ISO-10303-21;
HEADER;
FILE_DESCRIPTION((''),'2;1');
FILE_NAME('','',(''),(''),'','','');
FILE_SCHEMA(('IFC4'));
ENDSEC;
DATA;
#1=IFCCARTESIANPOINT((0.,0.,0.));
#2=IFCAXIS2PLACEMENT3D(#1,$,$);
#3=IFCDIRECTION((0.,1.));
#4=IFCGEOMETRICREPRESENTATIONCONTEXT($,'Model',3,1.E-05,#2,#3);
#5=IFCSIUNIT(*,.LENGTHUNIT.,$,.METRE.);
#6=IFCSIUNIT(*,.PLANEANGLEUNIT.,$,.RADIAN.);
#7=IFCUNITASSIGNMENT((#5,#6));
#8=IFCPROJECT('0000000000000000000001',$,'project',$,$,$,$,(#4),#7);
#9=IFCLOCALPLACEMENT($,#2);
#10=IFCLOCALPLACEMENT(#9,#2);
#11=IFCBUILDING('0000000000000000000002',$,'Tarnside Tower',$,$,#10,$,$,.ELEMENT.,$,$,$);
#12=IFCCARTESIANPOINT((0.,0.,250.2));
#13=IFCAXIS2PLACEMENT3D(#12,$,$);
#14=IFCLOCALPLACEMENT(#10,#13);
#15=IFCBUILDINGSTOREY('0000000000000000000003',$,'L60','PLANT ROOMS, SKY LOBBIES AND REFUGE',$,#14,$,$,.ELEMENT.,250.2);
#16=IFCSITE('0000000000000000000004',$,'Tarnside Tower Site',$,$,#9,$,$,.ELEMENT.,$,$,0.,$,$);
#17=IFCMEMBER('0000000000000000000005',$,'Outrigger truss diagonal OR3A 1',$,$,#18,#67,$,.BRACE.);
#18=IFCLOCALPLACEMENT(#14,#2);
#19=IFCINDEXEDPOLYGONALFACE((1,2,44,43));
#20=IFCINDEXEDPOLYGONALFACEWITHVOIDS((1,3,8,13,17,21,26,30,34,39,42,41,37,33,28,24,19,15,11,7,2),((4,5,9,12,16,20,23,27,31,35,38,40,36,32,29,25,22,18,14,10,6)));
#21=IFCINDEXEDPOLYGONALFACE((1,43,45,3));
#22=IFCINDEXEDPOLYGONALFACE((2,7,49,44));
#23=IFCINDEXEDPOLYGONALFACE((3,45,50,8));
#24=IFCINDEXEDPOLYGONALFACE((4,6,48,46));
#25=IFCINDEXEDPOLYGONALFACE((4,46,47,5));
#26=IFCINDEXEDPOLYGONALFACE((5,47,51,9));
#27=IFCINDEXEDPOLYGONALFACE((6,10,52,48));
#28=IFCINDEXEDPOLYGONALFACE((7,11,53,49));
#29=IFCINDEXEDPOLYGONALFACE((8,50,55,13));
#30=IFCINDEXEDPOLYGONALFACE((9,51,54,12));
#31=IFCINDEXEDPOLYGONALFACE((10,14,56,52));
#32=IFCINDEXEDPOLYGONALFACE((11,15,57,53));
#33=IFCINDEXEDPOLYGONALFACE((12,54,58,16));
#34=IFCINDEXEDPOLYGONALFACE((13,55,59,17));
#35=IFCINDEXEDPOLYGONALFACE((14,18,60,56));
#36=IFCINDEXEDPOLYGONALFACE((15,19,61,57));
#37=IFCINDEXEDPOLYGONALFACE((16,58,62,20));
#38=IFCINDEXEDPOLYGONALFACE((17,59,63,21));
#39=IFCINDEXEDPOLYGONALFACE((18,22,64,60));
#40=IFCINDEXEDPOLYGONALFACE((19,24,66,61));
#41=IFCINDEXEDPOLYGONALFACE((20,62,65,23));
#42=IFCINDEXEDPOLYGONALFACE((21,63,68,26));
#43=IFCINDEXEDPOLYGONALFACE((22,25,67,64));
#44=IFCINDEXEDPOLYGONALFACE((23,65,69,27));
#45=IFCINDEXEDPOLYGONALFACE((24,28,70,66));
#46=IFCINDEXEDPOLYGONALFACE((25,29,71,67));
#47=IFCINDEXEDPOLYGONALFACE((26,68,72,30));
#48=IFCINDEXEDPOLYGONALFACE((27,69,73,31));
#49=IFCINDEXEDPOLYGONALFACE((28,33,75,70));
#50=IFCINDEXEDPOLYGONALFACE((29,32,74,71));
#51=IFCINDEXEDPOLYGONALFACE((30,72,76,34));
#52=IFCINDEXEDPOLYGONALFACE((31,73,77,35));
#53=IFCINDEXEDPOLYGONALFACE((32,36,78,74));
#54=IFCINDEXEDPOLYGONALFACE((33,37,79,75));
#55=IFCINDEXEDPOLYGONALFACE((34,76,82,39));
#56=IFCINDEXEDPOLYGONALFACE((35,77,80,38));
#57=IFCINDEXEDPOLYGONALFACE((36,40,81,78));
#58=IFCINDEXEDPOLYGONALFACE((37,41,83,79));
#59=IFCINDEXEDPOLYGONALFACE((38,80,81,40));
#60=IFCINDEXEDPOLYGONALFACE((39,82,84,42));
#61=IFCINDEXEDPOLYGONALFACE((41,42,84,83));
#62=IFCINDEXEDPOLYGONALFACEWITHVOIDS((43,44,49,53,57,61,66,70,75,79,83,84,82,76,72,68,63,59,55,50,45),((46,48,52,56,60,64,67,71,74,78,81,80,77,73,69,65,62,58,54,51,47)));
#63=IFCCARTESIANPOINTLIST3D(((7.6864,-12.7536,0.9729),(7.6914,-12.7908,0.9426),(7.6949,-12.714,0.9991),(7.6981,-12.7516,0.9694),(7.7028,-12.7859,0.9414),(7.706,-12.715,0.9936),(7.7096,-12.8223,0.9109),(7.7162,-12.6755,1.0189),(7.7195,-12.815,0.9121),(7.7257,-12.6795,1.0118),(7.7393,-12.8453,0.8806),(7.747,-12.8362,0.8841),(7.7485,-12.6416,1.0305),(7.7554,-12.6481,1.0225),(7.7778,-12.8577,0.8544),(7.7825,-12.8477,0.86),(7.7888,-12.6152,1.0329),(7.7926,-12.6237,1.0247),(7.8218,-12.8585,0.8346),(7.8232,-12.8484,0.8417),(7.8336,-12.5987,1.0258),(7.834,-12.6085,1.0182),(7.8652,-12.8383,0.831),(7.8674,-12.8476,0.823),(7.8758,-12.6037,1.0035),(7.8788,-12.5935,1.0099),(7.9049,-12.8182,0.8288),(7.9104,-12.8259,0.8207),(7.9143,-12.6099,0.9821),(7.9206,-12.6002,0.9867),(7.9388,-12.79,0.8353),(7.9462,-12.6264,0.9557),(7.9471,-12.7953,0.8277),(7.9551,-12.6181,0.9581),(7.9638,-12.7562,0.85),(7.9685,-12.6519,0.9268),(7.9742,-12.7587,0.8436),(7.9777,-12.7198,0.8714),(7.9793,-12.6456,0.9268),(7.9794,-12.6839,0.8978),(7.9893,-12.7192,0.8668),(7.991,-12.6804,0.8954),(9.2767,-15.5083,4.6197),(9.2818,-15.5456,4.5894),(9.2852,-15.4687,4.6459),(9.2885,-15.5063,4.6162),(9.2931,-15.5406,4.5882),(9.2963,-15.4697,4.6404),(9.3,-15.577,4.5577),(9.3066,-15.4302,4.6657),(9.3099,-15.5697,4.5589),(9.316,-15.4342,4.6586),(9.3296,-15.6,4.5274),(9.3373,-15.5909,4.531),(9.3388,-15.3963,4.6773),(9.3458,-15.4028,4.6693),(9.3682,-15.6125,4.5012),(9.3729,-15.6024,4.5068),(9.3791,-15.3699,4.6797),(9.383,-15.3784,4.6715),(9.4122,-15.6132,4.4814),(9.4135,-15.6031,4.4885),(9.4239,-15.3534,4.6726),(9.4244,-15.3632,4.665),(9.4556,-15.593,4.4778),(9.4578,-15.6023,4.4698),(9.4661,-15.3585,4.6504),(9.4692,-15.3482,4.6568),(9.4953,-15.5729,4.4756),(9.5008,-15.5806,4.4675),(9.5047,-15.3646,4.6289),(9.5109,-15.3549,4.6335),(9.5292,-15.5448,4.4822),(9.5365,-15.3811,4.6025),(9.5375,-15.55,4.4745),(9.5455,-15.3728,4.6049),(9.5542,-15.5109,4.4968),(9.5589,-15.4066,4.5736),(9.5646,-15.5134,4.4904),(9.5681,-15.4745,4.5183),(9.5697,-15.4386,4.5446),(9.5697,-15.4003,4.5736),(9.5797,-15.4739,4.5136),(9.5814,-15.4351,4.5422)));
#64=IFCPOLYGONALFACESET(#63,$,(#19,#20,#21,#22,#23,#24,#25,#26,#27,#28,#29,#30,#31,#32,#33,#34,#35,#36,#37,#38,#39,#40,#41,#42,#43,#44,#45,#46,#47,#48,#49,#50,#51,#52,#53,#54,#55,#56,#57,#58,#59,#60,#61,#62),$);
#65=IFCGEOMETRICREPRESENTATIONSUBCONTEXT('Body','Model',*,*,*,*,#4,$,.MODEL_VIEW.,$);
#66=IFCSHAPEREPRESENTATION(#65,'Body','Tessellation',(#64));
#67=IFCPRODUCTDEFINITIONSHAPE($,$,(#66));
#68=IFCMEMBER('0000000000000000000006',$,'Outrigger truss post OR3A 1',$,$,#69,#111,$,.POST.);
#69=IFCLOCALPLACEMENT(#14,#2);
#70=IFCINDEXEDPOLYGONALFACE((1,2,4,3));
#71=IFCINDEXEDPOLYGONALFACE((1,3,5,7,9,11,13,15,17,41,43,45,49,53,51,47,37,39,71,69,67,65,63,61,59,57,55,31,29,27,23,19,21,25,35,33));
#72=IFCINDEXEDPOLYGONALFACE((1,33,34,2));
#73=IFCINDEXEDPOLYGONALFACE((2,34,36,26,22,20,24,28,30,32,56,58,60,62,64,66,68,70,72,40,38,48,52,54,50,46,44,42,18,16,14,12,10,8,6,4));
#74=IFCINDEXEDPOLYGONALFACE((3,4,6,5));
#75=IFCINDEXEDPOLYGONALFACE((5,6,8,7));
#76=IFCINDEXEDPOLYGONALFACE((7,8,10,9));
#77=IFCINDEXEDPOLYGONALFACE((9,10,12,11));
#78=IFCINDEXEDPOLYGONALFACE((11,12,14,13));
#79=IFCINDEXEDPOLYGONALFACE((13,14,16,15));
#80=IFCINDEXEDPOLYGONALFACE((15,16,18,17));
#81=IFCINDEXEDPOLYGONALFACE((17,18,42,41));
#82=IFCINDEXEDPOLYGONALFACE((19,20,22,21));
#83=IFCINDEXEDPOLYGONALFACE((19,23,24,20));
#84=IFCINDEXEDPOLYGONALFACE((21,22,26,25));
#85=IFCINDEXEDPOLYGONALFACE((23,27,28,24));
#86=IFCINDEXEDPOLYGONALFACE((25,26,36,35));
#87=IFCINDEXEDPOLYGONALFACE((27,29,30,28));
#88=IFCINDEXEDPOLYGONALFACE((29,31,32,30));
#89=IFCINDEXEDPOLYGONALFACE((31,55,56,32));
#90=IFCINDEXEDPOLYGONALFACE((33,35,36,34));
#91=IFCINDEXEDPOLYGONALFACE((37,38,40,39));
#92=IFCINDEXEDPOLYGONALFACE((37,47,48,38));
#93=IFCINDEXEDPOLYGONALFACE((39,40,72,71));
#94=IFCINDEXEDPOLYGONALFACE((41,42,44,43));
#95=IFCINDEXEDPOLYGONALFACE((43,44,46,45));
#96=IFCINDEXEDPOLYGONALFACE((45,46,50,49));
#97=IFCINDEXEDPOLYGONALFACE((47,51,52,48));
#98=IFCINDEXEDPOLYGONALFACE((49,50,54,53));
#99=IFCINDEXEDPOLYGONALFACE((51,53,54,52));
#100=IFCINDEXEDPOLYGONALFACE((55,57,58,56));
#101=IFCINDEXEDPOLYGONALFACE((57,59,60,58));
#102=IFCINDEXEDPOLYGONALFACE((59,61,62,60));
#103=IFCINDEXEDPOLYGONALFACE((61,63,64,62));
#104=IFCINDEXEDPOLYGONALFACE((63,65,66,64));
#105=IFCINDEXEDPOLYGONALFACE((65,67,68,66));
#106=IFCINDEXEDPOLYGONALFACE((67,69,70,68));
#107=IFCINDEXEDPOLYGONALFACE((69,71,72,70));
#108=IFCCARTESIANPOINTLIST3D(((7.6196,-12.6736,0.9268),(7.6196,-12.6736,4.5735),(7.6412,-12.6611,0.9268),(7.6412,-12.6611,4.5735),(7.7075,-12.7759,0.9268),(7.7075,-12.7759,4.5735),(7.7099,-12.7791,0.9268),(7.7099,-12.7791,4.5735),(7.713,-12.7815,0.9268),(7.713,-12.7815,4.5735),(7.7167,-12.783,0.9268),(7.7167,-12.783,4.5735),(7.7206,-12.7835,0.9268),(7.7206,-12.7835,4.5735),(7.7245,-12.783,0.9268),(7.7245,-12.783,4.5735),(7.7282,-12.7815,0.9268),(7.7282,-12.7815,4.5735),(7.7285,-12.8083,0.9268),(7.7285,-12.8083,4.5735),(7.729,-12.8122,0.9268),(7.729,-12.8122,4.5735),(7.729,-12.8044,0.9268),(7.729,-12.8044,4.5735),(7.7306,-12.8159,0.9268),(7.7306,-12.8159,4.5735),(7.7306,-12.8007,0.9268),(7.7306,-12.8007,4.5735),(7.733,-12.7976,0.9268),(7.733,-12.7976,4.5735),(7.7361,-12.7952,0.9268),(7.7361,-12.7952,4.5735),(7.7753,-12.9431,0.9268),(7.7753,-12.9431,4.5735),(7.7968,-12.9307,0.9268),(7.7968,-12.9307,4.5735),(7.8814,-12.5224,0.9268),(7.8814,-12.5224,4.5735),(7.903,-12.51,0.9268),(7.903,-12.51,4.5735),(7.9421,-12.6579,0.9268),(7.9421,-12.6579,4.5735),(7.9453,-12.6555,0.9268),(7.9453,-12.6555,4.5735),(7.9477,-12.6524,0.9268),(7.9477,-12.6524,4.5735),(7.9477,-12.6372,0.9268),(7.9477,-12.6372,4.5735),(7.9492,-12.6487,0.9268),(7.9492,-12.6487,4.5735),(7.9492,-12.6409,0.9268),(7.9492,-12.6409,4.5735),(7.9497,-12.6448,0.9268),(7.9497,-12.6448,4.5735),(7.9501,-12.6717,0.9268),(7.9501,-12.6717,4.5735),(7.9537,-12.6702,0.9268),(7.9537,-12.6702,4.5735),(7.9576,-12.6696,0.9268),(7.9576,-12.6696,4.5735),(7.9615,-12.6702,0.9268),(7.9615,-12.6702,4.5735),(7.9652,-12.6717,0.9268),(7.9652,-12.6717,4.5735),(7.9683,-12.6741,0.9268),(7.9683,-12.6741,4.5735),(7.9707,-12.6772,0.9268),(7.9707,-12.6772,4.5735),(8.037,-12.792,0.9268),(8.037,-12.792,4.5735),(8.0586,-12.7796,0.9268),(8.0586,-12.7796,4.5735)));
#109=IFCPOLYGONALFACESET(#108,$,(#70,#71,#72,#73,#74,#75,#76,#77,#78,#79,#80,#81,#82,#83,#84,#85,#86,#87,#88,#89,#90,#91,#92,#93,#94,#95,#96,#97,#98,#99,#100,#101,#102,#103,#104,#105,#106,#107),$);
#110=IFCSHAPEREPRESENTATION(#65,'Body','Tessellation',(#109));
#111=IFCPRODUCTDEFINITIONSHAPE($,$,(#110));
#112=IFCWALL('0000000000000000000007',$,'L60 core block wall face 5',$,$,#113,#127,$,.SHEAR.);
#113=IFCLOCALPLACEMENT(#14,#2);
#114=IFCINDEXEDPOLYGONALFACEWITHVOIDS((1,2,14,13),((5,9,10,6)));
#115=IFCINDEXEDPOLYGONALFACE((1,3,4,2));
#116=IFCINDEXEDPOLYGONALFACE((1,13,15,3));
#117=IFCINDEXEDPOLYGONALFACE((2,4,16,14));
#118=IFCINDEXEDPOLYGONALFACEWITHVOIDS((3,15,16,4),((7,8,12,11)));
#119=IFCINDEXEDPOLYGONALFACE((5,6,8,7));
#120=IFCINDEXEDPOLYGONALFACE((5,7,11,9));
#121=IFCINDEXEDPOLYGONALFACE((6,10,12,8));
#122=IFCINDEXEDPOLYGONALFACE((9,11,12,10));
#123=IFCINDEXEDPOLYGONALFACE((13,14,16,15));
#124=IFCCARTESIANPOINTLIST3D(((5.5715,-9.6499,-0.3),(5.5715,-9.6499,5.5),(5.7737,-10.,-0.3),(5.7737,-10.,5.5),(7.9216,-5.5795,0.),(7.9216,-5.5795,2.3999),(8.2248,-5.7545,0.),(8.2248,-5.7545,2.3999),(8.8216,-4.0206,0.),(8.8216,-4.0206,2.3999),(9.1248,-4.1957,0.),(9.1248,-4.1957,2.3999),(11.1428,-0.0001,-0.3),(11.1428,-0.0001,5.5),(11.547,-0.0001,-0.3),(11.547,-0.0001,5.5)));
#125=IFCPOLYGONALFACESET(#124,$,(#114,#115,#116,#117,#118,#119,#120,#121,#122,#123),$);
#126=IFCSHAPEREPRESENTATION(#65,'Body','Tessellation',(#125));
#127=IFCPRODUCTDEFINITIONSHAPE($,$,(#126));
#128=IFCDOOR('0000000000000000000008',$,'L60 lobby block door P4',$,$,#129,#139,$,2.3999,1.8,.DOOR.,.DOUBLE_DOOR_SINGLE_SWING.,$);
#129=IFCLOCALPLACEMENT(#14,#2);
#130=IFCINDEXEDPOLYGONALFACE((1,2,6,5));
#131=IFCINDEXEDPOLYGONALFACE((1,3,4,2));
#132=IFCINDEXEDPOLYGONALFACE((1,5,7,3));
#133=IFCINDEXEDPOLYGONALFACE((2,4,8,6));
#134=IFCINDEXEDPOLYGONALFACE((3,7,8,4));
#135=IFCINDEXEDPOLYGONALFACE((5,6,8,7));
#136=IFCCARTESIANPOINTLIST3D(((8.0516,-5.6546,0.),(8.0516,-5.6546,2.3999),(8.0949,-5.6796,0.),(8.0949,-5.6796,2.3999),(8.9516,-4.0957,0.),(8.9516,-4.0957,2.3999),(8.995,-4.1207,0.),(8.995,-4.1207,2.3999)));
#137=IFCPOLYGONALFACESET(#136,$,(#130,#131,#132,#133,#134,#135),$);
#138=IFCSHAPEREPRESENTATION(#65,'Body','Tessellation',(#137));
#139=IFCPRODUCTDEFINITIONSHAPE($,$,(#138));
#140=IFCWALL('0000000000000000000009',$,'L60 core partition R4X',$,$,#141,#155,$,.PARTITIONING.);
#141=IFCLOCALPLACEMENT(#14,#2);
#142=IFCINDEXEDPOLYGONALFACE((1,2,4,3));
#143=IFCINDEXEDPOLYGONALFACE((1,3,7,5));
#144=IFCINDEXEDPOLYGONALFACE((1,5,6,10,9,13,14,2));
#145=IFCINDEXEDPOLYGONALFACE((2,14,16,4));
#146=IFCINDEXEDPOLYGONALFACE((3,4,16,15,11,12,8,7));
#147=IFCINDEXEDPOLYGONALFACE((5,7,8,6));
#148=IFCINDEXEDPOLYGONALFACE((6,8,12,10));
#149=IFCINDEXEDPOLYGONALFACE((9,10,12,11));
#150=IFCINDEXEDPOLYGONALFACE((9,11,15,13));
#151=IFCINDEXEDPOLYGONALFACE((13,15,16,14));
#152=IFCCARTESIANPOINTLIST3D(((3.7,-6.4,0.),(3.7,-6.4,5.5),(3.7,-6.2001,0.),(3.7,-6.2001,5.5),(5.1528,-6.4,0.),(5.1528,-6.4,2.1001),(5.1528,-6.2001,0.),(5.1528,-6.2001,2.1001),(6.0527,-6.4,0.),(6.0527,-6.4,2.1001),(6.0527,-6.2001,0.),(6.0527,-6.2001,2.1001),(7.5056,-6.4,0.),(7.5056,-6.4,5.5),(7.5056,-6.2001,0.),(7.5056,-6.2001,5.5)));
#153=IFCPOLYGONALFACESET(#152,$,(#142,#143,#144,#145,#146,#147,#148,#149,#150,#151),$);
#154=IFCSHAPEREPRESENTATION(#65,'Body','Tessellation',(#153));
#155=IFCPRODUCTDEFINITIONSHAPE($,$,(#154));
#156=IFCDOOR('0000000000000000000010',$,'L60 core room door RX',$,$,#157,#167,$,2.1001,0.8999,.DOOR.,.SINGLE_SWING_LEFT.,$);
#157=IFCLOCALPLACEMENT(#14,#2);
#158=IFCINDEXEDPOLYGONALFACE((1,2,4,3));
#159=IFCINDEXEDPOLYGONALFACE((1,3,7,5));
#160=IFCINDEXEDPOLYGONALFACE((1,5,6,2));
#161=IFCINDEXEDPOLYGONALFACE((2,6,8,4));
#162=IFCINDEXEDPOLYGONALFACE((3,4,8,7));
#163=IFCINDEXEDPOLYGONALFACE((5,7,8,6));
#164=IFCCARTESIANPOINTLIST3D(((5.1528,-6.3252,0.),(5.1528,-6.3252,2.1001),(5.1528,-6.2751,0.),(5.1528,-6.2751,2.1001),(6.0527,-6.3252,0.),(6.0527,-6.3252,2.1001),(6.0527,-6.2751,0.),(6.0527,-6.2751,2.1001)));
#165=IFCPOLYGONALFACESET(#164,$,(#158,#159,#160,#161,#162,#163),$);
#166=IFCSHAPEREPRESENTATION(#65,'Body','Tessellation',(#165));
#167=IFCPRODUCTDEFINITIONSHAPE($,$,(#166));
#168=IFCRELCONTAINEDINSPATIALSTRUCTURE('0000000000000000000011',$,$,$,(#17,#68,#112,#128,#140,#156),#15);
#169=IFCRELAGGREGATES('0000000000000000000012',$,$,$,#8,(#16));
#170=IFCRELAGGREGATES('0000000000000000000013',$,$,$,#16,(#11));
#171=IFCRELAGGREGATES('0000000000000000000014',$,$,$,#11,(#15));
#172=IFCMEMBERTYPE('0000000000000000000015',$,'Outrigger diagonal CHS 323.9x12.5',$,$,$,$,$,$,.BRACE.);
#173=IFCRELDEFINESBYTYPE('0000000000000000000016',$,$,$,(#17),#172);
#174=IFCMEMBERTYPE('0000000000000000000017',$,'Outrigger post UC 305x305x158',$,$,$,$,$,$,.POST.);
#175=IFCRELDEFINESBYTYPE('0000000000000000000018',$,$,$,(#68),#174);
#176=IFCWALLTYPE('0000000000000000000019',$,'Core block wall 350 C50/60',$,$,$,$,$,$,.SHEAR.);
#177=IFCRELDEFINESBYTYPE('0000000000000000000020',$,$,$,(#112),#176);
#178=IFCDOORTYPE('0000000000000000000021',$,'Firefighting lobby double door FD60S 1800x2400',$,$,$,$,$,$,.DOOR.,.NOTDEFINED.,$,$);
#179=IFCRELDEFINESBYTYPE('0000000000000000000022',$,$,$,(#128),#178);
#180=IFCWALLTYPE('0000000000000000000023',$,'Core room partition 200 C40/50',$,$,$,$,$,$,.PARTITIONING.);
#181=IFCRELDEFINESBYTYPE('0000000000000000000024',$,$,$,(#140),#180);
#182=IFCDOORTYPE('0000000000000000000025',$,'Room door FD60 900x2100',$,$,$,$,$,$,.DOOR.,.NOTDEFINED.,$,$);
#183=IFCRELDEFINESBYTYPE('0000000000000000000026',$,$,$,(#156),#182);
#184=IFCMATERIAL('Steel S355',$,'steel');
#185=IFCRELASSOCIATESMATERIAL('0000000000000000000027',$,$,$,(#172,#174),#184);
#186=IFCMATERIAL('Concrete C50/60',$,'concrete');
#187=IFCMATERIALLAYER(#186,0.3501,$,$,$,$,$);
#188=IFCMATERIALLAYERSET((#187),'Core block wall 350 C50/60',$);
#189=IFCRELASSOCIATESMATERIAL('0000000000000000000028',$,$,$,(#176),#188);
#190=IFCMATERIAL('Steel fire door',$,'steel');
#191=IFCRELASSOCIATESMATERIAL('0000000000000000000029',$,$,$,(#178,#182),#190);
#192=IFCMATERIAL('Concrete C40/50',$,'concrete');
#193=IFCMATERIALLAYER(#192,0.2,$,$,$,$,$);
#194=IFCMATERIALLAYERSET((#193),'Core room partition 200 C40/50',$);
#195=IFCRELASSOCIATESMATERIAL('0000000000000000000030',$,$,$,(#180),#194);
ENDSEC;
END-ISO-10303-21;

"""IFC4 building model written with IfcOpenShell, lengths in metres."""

from ifc_helpers import new_model, si_unit, direction, frame, frame_2d, origin, origin_2d, place, context, subcontext, project, spatial, polyline, rectangle, hollow_circle, i_section, outline, extrude, material, layer, layer_set, material_profile, profile_set, type_object, element, fill, save


model = new_model("IFC4")

# Units and contexts
model_context = context("Model", 3, precision=1e-05, world=origin(), true_north=direction((0.0, 1.0)))
body_context = subcontext(model_context, "Body", "Model", "MODEL_VIEW")
ifc_project = project(units=[si_unit("LENGTHUNIT", "METRE"), si_unit("PLANEANGLEUNIT", "RADIAN")], contexts=[model_context])

# Site, building, storey
site_placement = place(None, origin())
site = spatial("IfcSite", under=ifc_project, at=site_placement, Name="Tarnside Tower Site", CompositionType="ELEMENT", RefElevation=0.0)
building_placement = place(site_placement, origin())
building = spatial("IfcBuilding", under=site, at=building_placement, Name="Tarnside Tower", CompositionType="ELEMENT")
storey_placement = place(building_placement, frame((0.0, 0.0, 250.2)))
storey = spatial("IfcBuildingStorey", under=building, at=storey_placement, Name="L60", Description="PLANT ROOMS, SKY LOBBIES AND REFUGE", CompositionType="ELEMENT", Elevation=250.2)

# Members
ifc_material_1 = material(Name="Steel S355", Category="steel")
ifc_material_profile_1 = material_profile(ifc_material_1, hollow_circle(Radius=0.1619, WallThickness=0.0125, at=origin_2d()), Name="CHS 323.9x12.5")
ifc_profile_set_1 = profile_set([ifc_material_profile_1], Name="Steel S355")
member_type_1 = type_object("IfcMemberType", Name="Outrigger diagonal CHS 323.9x12.5", PredefinedType="BRACE", material=ifc_profile_set_1)
member_1_placement = place(storey_placement, frame((7.8391, -12.7266, 0.9268), z_axis=(0.32865, -0.569259, 0.753614), x_axis=(0.866033, 0.499986, 0.0)))
element("IfcMember", 1, at=member_1_placement, inside=storey, type_object=member_type_1, Name="Outrigger truss diagonal OR3A 1", PredefinedType="BRACE", context=body_context, shape_type="SweptSolid", body=[
    extrude(hollow_circle(Radius=0.1619, WallThickness=0.0125, at=origin_2d()), origin(), (0.0, 0.0, 1.0), 4.8391),
])
ifc_material_profile_2 = material_profile(ifc_material_1, i_section(OverallWidth=0.3113, OverallDepth=0.3271, WebThickness=0.0159, FlangeThickness=0.0249, FilletRadius=0.0151, at=origin_2d()), Name="UC 305x305x158")
ifc_profile_set_2 = profile_set([ifc_material_profile_2], Name="Steel S355")
member_type_2 = type_object("IfcMemberType", Name="Outrigger post UC 305x305x158", PredefinedType="POST", material=ifc_profile_set_2)
member_2_placement = place(storey_placement, frame((7.8391, -12.7266, 0.9268), z_axis=(0.0, 0.0, 1.0), x_axis=(0.5, -0.866025, 0.0)))
element("IfcMember", 2, at=member_2_placement, inside=storey, type_object=member_type_2, Name="Outrigger truss post OR3A 1", PredefinedType="POST", context=body_context, shape_type="SweptSolid", body=[
    extrude(i_section(OverallWidth=0.3113, OverallDepth=0.3271, WebThickness=0.0159, FlangeThickness=0.0249, FilletRadius=0.0151, at=origin_2d()), origin(), (0.0, 0.0, 1.0), 3.6467),
])

# Walls, openings, doors
ifc_material_2 = material(Name="Concrete C50/60", Category="concrete")
ifc_layer_1 = layer(ifc_material_2, 0.3501)
ifc_layer_set_1 = layer_set([ifc_layer_1], Name="Core block wall 350 C50/60")
wall_type_1 = type_object("IfcWallType", Name="Core block wall 350 C50/60", PredefinedType="SHEAR", material=ifc_layer_set_1)
wall_1_placement = place(storey_placement, frame((5.6726, -9.825, -0.3), z_axis=(0.0, 0.0, 1.0), x_axis=(0.499995, 0.866028, 0.0)))
wall_1 = element("IfcWall", 3, at=wall_1_placement, inside=storey, type_object=wall_type_1, Name="L60 core block wall face 5", PredefinedType="SHEAR", context=body_context, shape_type="SweptSolid", body=[
    extrude(outline(polyline([(-0.1011, -0.175), (11.4458, -0.175), (11.2437, 0.175), (0.1011, 0.175), (-0.1011, -0.175)])), origin(), (0.0, 0.0, 1.0), 5.8),
])
opening_1_placement = place(wall_1_placement, frame((4.8013, 0.0, 0.3)))
opening_1 = element("IfcOpeningElement", 4, at=opening_1_placement, cuts=wall_1, PredefinedType="OPENING", context=body_context, shape_type="SweptSolid", body=[
    extrude(rectangle(XDim=1.8, YDim=2.3999, at=frame_2d((0.8999, 1.2))), frame((0.0, 0.1851, 0.0), z_axis=(0.0, -1.0, 0.0), x_axis=(1.0, 0.0, 0.0)), (0.0, 0.0, 1.0), 0.3701),
])
ifc_material_3 = material(Name="Steel fire door", Category="steel")
door_type_1 = type_object("IfcDoorType", Name="Firefighting lobby double door FD60S 1800x2400", OperationType="NOTDEFINED", PredefinedType="DOOR", material=ifc_material_3)
door_1_placement = place(opening_1_placement, origin())
door_1 = element("IfcDoor", 5, at=door_1_placement, inside=storey, type_object=door_type_1, Name="L60 lobby block door P4", OperationType="DOUBLE_DOOR_SINGLE_SWING", OverallHeight=2.3999, OverallWidth=1.8, PredefinedType="DOOR", context=body_context, shape_type="SweptSolid", body=[
    extrude(rectangle(XDim=1.8, YDim=2.3999, at=frame_2d((0.8999, 1.2))), frame((0.0, 0.0249, 0.0), z_axis=(0.0, -1.0, 0.0), x_axis=(1.0, 0.0, 0.0)), (0.0, 0.0, 1.0), 0.05),
])
fill(opening_1, door_1)
ifc_material_4 = material(Name="Concrete C40/50", Category="concrete")
ifc_layer_2 = layer(ifc_material_4, 0.2)
ifc_layer_set_2 = layer_set([ifc_layer_2], Name="Core room partition 200 C40/50")
wall_type_2 = type_object("IfcWallType", Name="Core room partition 200 C40/50", PredefinedType="PARTITIONING", material=ifc_layer_set_2)
wall_2_placement = place(storey_placement, frame((3.7, -6.3, 0.0), z_axis=(0.0, 0.0, 1.0), x_axis=(1.0, 0.0, 0.0)))
wall_2 = element("IfcWall", 6, at=wall_2_placement, inside=storey, type_object=wall_type_2, Name="L60 core partition R4X", PredefinedType="PARTITIONING", context=body_context, shape_type="SweptSolid", body=[
    extrude(rectangle(XDim=3.8057, YDim=0.2, at=frame_2d((1.9028, 0.0))), origin(), (0.0, 0.0, 1.0), 5.5),
])
opening_2_placement = place(wall_2_placement, frame((1.4529, 0.0, 0.0)))
opening_2 = element("IfcOpeningElement", 7, at=opening_2_placement, cuts=wall_2, PredefinedType="OPENING", context=body_context, shape_type="SweptSolid", body=[
    extrude(rectangle(XDim=0.8999, YDim=2.1001, at=frame_2d((0.45, 1.05))), frame((0.0, 0.1099, 0.0), z_axis=(0.0, -1.0, 0.0), x_axis=(1.0, 0.0, 0.0)), (0.0, 0.0, 1.0), 0.22),
])
door_type_2 = type_object("IfcDoorType", Name="Room door FD60 900x2100", OperationType="NOTDEFINED", PredefinedType="DOOR", material=ifc_material_3)
door_2_placement = place(opening_2_placement, origin())
door_2 = element("IfcDoor", 8, at=door_2_placement, inside=storey, type_object=door_type_2, Name="L60 core room door RX", OperationType="SINGLE_SWING_LEFT", OverallHeight=2.1001, OverallWidth=0.8999, PredefinedType="DOOR", context=body_context, shape_type="SweptSolid", body=[
    extrude(rectangle(XDim=0.8999, YDim=2.1001, at=frame_2d((0.45, 1.05))), frame((0.0, 0.0249, 0.0), z_axis=(0.0, -1.0, 0.0), x_axis=(1.0, 0.0, 0.0)), (0.0, 0.0, 1.0), 0.05),
])
fill(opening_2, door_2)

save(model, "model.ifc")
